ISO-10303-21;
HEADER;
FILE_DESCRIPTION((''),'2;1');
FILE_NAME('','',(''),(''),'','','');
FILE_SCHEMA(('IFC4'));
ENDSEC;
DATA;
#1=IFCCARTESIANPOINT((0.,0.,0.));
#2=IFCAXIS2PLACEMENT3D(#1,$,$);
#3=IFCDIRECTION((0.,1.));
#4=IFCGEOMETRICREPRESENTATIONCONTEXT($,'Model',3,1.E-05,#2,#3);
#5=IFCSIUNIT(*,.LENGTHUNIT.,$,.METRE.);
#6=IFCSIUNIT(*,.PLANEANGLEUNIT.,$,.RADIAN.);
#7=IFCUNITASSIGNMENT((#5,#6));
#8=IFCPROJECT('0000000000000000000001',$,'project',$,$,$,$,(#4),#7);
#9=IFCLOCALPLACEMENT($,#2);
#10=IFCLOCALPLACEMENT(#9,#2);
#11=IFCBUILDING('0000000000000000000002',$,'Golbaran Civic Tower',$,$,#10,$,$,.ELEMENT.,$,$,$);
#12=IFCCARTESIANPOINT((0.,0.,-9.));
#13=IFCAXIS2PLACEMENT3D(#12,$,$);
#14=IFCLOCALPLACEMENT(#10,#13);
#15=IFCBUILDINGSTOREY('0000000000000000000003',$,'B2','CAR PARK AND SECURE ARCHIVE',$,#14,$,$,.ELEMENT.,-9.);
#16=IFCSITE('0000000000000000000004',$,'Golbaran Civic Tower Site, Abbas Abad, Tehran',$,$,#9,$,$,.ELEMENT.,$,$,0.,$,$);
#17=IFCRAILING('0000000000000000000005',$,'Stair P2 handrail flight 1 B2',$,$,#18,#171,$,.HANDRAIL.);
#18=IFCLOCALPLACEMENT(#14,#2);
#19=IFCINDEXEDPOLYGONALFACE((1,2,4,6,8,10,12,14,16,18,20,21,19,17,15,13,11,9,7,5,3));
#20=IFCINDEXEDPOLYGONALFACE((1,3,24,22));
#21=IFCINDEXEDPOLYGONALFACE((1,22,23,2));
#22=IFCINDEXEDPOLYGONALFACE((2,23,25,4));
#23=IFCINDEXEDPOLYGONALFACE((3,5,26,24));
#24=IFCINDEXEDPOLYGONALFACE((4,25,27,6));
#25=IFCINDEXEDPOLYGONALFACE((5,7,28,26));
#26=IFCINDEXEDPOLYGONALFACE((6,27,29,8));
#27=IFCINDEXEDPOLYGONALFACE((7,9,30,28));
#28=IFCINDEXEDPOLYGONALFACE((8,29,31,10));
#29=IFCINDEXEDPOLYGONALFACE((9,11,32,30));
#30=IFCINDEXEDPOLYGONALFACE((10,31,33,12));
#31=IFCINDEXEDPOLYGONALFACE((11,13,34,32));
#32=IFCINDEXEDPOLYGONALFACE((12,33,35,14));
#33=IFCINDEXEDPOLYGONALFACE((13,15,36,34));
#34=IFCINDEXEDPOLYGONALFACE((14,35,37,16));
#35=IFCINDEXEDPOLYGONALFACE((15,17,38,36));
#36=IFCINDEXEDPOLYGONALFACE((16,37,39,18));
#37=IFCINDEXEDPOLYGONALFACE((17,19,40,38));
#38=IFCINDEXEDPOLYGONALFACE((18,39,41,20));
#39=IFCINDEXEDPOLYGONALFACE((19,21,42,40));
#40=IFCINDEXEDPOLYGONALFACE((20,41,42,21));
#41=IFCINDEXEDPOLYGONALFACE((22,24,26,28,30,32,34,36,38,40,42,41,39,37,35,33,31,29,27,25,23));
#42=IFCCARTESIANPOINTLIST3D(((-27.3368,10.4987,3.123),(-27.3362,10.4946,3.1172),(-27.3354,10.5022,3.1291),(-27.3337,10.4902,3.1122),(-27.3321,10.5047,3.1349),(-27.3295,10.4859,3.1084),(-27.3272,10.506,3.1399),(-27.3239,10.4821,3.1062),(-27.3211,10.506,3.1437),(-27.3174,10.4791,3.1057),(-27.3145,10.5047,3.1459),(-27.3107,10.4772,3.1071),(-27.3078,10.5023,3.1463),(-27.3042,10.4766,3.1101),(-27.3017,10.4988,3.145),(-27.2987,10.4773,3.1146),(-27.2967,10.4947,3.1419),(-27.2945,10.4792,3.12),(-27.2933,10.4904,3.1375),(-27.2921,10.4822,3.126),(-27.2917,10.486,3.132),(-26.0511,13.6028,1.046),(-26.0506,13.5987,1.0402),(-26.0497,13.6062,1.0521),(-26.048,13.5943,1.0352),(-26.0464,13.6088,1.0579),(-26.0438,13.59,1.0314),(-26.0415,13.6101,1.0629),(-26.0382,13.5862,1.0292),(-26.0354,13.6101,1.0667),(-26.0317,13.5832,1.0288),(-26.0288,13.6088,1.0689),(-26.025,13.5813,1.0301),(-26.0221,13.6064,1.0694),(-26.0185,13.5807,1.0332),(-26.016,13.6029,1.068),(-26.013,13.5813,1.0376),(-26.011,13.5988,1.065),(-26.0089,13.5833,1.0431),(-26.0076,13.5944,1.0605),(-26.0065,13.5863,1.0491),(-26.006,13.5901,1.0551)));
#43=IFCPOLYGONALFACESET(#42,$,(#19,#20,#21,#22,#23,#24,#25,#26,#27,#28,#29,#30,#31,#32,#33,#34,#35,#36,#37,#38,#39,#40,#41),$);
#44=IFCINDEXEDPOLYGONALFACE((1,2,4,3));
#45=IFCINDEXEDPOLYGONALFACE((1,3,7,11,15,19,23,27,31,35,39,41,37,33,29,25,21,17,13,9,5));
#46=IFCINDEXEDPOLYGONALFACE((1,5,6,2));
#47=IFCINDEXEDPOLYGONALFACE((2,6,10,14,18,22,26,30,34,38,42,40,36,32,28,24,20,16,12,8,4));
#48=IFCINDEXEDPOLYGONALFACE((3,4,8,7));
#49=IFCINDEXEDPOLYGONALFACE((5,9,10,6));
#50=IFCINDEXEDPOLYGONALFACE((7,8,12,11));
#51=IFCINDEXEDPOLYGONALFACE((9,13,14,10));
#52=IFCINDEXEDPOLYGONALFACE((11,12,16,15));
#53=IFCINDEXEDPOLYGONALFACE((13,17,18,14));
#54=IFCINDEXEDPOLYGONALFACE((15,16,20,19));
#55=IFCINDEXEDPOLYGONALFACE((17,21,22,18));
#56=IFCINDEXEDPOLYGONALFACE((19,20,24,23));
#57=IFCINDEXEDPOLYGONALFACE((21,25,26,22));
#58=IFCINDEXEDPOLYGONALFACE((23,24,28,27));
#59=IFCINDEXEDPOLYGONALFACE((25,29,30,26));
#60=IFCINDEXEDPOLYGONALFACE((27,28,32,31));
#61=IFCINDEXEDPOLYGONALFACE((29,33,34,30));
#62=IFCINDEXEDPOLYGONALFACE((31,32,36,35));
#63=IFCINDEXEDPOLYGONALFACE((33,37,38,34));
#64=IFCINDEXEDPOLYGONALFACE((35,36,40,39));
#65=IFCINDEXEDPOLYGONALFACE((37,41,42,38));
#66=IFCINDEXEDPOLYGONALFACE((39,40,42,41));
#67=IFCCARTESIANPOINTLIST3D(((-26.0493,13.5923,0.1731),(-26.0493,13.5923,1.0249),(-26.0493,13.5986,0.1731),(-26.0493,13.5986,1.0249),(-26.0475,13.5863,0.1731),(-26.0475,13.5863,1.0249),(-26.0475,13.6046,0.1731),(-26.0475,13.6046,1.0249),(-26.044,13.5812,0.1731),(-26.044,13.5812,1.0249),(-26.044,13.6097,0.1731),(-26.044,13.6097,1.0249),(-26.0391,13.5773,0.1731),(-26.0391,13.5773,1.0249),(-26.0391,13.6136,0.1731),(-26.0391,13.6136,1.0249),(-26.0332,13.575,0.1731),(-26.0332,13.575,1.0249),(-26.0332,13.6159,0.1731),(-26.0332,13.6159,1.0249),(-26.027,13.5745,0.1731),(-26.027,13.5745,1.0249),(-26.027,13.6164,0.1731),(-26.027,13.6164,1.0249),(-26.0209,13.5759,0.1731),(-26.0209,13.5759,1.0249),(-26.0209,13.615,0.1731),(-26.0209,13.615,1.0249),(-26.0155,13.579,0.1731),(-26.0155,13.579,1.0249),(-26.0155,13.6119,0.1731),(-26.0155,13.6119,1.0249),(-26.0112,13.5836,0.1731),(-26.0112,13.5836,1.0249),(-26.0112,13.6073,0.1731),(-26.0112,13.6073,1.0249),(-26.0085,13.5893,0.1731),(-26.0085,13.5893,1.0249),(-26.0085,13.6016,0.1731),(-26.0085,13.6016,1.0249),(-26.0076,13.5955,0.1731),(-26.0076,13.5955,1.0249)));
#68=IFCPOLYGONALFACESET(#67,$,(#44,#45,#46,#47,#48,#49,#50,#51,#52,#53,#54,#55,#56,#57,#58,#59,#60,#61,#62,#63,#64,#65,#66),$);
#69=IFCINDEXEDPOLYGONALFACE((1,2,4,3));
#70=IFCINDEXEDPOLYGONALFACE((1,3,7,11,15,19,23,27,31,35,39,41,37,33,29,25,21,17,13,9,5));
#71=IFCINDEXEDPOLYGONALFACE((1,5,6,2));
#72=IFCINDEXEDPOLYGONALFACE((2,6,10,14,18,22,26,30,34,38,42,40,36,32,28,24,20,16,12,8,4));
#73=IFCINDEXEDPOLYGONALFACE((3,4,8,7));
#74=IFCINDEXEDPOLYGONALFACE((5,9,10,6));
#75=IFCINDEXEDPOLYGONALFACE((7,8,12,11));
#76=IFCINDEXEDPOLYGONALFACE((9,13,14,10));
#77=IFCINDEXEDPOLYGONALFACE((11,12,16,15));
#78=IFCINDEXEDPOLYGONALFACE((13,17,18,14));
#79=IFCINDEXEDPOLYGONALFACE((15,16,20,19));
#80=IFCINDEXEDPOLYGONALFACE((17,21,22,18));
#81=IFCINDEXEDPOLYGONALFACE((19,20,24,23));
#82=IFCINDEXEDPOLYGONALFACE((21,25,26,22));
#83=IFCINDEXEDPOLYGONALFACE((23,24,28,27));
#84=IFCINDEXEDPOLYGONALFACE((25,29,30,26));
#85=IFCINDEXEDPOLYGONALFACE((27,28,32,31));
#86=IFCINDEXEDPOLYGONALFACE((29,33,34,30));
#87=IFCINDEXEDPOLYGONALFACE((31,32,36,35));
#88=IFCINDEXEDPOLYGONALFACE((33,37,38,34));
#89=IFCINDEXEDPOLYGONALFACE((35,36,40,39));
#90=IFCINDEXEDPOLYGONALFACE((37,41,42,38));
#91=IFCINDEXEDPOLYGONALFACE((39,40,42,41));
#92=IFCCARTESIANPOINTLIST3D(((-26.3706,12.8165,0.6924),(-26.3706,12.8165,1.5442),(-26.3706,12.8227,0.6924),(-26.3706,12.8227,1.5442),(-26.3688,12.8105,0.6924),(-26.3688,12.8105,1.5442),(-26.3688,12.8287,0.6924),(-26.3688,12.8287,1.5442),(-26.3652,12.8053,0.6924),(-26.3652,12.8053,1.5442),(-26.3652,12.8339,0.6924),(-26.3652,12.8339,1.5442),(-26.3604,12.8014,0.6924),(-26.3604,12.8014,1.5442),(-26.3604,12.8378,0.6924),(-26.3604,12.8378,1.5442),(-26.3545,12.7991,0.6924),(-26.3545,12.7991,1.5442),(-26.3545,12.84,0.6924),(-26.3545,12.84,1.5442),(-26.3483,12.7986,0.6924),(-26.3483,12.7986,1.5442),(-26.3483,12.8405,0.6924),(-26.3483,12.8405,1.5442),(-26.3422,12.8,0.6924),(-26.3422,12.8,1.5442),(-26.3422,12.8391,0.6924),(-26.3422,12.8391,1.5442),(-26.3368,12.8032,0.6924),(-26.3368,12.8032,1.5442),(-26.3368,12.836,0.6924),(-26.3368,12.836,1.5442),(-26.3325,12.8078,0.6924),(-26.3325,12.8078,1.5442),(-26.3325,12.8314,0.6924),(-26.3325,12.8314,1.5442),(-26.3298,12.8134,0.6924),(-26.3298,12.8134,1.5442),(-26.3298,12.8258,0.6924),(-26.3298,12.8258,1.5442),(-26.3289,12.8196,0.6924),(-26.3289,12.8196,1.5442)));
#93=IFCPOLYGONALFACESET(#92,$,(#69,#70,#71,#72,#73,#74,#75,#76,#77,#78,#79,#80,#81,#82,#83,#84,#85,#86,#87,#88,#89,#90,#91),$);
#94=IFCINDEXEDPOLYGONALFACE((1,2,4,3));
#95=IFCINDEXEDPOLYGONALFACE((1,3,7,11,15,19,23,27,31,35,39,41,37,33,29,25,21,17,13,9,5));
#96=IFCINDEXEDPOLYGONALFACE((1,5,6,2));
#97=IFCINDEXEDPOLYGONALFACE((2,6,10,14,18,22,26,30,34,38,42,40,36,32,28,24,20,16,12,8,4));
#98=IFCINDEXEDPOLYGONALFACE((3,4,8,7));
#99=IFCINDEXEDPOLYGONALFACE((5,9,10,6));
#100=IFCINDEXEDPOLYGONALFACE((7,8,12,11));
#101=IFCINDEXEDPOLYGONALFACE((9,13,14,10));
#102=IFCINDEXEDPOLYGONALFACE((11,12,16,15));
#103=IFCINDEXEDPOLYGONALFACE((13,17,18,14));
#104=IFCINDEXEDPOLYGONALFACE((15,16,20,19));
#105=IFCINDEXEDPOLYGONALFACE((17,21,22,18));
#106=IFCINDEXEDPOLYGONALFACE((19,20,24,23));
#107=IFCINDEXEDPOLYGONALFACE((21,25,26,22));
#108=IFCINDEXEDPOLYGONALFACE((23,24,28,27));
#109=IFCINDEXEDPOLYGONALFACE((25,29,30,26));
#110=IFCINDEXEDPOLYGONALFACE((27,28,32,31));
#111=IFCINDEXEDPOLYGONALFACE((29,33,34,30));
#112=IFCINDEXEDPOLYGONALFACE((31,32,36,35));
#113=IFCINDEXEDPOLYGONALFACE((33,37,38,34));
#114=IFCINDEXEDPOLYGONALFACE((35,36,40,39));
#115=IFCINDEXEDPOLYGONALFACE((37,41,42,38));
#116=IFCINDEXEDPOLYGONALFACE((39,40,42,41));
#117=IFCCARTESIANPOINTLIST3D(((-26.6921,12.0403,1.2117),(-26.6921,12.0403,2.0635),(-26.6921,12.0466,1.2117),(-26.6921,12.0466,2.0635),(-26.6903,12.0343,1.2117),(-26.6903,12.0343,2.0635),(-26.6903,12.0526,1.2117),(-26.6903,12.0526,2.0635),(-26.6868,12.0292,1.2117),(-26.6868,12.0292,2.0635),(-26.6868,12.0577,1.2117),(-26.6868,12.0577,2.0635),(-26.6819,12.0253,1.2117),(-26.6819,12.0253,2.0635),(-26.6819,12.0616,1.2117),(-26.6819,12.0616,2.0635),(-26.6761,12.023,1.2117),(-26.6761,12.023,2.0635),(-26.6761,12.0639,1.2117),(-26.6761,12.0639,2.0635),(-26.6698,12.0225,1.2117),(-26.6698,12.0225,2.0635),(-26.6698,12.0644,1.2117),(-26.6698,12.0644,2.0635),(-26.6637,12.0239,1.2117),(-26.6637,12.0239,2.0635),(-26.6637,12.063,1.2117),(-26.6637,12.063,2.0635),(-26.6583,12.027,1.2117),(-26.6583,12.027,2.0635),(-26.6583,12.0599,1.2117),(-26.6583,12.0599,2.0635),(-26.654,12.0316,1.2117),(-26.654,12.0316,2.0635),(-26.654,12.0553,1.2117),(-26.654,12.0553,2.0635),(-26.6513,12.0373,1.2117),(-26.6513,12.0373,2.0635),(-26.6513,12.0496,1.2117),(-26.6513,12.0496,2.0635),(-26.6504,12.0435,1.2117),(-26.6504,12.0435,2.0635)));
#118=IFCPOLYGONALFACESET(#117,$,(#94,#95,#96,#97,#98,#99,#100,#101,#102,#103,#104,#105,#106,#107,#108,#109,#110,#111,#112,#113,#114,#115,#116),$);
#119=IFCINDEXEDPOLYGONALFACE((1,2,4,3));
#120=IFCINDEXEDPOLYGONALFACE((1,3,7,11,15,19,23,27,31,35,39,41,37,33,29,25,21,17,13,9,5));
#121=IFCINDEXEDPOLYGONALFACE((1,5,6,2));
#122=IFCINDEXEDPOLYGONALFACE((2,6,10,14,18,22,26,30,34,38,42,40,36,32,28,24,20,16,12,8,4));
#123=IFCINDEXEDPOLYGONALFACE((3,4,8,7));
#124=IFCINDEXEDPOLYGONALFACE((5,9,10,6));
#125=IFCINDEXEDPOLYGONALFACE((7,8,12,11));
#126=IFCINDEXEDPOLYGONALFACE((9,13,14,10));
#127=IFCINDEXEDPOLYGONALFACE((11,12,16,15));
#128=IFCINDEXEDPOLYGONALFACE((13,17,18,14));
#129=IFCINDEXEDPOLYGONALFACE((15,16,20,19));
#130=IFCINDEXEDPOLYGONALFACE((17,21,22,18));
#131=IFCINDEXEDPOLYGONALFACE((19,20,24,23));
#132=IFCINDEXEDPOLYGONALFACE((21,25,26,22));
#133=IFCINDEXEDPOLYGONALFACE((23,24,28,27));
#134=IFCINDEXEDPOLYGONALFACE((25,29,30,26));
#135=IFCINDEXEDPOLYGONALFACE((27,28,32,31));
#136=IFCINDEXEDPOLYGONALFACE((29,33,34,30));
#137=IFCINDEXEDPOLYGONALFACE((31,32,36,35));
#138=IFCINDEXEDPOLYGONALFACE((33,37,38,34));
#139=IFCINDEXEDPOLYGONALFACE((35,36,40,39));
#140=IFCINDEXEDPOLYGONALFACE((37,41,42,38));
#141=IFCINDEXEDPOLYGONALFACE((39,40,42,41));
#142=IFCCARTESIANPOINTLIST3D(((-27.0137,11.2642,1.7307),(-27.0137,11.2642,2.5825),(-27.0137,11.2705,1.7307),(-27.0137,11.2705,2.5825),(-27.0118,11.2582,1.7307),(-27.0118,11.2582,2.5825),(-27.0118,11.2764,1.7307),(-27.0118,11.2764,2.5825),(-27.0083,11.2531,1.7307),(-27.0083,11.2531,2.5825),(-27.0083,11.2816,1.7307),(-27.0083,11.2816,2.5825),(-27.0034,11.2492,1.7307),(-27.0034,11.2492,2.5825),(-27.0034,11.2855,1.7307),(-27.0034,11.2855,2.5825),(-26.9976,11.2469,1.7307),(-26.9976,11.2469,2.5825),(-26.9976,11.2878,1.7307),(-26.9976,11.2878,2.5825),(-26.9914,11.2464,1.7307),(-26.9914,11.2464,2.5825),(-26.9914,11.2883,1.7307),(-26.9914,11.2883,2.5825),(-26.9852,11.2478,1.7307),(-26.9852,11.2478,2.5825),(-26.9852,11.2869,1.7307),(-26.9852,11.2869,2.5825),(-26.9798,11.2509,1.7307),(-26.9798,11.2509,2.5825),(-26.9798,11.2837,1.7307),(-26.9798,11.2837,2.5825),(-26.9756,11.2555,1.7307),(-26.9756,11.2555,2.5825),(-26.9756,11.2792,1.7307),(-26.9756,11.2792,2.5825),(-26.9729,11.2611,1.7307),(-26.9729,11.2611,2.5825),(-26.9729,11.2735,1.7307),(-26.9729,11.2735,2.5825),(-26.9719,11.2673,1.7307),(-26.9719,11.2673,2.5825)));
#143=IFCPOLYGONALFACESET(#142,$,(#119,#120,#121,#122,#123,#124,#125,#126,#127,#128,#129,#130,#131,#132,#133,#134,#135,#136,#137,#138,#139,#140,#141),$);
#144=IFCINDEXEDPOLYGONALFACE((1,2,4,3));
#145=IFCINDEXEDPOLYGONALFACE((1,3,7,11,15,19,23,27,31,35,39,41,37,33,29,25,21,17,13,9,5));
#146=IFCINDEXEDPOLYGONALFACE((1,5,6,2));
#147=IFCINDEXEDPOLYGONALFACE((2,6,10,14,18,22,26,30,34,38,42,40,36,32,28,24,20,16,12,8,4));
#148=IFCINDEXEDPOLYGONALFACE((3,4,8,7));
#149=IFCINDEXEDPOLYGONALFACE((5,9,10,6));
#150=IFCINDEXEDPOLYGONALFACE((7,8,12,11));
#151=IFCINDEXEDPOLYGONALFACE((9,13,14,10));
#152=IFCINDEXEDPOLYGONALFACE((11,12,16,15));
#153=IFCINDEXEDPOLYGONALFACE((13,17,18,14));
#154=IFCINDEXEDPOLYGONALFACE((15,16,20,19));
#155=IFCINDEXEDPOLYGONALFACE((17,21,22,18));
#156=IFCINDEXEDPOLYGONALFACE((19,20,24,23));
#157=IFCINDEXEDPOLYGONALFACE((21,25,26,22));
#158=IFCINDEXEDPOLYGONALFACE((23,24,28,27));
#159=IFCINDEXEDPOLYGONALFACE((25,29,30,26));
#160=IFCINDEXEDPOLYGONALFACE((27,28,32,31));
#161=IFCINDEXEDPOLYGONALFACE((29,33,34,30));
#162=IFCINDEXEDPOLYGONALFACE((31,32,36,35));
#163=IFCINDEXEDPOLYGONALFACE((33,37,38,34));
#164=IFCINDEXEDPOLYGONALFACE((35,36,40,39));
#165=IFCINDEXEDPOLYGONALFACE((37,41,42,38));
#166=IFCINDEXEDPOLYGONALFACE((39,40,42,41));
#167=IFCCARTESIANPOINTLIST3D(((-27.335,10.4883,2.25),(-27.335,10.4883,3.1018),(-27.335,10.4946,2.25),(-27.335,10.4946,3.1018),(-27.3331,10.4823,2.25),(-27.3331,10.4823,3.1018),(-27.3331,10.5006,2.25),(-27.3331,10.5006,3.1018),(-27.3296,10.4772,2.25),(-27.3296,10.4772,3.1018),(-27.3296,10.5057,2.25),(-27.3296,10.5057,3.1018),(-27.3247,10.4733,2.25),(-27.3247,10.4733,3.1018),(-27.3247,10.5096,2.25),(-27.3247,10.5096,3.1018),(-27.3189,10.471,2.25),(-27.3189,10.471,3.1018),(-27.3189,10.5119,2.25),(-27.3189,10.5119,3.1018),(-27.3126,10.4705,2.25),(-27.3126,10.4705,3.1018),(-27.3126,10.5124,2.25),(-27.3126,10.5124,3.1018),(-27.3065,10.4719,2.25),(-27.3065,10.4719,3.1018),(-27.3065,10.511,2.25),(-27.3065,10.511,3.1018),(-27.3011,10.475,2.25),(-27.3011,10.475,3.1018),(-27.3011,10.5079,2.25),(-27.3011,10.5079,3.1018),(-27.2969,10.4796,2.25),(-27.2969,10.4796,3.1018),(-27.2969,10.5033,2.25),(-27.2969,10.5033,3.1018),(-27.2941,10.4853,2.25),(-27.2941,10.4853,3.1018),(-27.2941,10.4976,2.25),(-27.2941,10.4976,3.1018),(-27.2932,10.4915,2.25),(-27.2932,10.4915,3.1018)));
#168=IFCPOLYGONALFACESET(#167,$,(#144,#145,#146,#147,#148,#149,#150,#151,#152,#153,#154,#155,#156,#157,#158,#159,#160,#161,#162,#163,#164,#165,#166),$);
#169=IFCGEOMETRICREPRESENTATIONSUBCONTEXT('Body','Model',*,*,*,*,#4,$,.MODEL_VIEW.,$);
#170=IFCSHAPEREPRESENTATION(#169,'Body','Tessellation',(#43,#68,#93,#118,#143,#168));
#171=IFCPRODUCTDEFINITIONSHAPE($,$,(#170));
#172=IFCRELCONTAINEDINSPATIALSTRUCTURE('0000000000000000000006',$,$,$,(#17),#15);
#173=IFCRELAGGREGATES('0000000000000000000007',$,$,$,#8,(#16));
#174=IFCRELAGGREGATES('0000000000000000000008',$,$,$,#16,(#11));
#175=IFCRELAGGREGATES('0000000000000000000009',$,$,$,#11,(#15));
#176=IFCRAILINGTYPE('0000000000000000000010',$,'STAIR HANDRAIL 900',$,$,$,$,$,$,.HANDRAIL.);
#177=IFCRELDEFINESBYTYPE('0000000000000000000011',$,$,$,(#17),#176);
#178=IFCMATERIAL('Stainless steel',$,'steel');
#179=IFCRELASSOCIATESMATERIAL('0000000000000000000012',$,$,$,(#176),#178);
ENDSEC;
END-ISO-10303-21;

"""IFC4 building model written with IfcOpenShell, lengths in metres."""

from ifc_helpers import new_model, si_unit, direction, frame, origin, origin_2d, place, context, subcontext, project, spatial, circle, extrude, material, type_object, element, save


model = new_model("IFC4")

# Units and contexts
model_context = context("Model", 3, precision=1e-05, world=origin(), true_north=direction((0.0, 1.0)))
body_context = subcontext(model_context, "Body", "Model", "MODEL_VIEW")
ifc_project = project(units=[si_unit("LENGTHUNIT", "METRE"), si_unit("PLANEANGLEUNIT", "RADIAN")], contexts=[model_context])

# Site, building, storey
site_placement = place(None, origin())
site = spatial("IfcSite", under=ifc_project, at=site_placement, Name="Golbaran Civic Tower Site, Abbas Abad, Tehran", CompositionType="ELEMENT", RefElevation=0.0)
building_placement = place(site_placement, origin())
building = spatial("IfcBuilding", under=site, at=building_placement, Name="Golbaran Civic Tower", CompositionType="ELEMENT")
storey_placement = place(building_placement, frame((0.0, 0.0, -9.0)))
storey = spatial("IfcBuildingStorey", under=building, at=storey_placement, Name="B2", Description="CAR PARK AND SECURE ARCHIVE", CompositionType="ELEMENT", Elevation=-9.0)

# Railing
ifc_material_1 = material(Name="Stainless steel", Category="steel")
railing_type_1 = type_object("IfcRailingType", Name="STAIR HANDRAIL 900", PredefinedType="HANDRAIL", material=ifc_material_1)
railing_1_placement = place(storey_placement, frame((-26.0286, 13.5955, 0.1731)))
element("IfcRailing", 1, at=railing_1_placement, inside=storey, type_object=railing_type_1, Name="Stair P2 handrail flight 1 B2", PredefinedType="HANDRAIL", context=body_context, shape_type="SweptSolid", body=[
    extrude(circle(Radius=0.0239, at=origin_2d()), frame((0.0, 0.0, 0.876), z_axis=(-0.325493, -0.785855, 0.52582), x_axis=(0.923888, -0.382664, 0.0)), (0.0, 0.0, 1.0), 3.95),
    extrude(circle(Radius=0.021, at=origin_2d()), origin(), (0.0, 0.0, 1.0), 0.8518),
    extrude(circle(Radius=0.021, at=origin_2d()), frame((-0.3213, -0.7759, 0.5193)), (0.0, 0.0, 1.0), 0.8518),
    extrude(circle(Radius=0.021, at=origin_2d()), frame((-0.6428, -1.552, 1.0386)), (0.0, 0.0, 1.0), 0.8518),
    extrude(circle(Radius=0.021, at=origin_2d()), frame((-0.9644, -2.3281, 1.5576)), (0.0, 0.0, 1.0), 0.8518),
    extrude(circle(Radius=0.021, at=origin_2d()), frame((-1.2856, -3.104, 2.0769)), (0.0, 0.0, 1.0), 0.8518),
])

save(model, "model.ifc")
